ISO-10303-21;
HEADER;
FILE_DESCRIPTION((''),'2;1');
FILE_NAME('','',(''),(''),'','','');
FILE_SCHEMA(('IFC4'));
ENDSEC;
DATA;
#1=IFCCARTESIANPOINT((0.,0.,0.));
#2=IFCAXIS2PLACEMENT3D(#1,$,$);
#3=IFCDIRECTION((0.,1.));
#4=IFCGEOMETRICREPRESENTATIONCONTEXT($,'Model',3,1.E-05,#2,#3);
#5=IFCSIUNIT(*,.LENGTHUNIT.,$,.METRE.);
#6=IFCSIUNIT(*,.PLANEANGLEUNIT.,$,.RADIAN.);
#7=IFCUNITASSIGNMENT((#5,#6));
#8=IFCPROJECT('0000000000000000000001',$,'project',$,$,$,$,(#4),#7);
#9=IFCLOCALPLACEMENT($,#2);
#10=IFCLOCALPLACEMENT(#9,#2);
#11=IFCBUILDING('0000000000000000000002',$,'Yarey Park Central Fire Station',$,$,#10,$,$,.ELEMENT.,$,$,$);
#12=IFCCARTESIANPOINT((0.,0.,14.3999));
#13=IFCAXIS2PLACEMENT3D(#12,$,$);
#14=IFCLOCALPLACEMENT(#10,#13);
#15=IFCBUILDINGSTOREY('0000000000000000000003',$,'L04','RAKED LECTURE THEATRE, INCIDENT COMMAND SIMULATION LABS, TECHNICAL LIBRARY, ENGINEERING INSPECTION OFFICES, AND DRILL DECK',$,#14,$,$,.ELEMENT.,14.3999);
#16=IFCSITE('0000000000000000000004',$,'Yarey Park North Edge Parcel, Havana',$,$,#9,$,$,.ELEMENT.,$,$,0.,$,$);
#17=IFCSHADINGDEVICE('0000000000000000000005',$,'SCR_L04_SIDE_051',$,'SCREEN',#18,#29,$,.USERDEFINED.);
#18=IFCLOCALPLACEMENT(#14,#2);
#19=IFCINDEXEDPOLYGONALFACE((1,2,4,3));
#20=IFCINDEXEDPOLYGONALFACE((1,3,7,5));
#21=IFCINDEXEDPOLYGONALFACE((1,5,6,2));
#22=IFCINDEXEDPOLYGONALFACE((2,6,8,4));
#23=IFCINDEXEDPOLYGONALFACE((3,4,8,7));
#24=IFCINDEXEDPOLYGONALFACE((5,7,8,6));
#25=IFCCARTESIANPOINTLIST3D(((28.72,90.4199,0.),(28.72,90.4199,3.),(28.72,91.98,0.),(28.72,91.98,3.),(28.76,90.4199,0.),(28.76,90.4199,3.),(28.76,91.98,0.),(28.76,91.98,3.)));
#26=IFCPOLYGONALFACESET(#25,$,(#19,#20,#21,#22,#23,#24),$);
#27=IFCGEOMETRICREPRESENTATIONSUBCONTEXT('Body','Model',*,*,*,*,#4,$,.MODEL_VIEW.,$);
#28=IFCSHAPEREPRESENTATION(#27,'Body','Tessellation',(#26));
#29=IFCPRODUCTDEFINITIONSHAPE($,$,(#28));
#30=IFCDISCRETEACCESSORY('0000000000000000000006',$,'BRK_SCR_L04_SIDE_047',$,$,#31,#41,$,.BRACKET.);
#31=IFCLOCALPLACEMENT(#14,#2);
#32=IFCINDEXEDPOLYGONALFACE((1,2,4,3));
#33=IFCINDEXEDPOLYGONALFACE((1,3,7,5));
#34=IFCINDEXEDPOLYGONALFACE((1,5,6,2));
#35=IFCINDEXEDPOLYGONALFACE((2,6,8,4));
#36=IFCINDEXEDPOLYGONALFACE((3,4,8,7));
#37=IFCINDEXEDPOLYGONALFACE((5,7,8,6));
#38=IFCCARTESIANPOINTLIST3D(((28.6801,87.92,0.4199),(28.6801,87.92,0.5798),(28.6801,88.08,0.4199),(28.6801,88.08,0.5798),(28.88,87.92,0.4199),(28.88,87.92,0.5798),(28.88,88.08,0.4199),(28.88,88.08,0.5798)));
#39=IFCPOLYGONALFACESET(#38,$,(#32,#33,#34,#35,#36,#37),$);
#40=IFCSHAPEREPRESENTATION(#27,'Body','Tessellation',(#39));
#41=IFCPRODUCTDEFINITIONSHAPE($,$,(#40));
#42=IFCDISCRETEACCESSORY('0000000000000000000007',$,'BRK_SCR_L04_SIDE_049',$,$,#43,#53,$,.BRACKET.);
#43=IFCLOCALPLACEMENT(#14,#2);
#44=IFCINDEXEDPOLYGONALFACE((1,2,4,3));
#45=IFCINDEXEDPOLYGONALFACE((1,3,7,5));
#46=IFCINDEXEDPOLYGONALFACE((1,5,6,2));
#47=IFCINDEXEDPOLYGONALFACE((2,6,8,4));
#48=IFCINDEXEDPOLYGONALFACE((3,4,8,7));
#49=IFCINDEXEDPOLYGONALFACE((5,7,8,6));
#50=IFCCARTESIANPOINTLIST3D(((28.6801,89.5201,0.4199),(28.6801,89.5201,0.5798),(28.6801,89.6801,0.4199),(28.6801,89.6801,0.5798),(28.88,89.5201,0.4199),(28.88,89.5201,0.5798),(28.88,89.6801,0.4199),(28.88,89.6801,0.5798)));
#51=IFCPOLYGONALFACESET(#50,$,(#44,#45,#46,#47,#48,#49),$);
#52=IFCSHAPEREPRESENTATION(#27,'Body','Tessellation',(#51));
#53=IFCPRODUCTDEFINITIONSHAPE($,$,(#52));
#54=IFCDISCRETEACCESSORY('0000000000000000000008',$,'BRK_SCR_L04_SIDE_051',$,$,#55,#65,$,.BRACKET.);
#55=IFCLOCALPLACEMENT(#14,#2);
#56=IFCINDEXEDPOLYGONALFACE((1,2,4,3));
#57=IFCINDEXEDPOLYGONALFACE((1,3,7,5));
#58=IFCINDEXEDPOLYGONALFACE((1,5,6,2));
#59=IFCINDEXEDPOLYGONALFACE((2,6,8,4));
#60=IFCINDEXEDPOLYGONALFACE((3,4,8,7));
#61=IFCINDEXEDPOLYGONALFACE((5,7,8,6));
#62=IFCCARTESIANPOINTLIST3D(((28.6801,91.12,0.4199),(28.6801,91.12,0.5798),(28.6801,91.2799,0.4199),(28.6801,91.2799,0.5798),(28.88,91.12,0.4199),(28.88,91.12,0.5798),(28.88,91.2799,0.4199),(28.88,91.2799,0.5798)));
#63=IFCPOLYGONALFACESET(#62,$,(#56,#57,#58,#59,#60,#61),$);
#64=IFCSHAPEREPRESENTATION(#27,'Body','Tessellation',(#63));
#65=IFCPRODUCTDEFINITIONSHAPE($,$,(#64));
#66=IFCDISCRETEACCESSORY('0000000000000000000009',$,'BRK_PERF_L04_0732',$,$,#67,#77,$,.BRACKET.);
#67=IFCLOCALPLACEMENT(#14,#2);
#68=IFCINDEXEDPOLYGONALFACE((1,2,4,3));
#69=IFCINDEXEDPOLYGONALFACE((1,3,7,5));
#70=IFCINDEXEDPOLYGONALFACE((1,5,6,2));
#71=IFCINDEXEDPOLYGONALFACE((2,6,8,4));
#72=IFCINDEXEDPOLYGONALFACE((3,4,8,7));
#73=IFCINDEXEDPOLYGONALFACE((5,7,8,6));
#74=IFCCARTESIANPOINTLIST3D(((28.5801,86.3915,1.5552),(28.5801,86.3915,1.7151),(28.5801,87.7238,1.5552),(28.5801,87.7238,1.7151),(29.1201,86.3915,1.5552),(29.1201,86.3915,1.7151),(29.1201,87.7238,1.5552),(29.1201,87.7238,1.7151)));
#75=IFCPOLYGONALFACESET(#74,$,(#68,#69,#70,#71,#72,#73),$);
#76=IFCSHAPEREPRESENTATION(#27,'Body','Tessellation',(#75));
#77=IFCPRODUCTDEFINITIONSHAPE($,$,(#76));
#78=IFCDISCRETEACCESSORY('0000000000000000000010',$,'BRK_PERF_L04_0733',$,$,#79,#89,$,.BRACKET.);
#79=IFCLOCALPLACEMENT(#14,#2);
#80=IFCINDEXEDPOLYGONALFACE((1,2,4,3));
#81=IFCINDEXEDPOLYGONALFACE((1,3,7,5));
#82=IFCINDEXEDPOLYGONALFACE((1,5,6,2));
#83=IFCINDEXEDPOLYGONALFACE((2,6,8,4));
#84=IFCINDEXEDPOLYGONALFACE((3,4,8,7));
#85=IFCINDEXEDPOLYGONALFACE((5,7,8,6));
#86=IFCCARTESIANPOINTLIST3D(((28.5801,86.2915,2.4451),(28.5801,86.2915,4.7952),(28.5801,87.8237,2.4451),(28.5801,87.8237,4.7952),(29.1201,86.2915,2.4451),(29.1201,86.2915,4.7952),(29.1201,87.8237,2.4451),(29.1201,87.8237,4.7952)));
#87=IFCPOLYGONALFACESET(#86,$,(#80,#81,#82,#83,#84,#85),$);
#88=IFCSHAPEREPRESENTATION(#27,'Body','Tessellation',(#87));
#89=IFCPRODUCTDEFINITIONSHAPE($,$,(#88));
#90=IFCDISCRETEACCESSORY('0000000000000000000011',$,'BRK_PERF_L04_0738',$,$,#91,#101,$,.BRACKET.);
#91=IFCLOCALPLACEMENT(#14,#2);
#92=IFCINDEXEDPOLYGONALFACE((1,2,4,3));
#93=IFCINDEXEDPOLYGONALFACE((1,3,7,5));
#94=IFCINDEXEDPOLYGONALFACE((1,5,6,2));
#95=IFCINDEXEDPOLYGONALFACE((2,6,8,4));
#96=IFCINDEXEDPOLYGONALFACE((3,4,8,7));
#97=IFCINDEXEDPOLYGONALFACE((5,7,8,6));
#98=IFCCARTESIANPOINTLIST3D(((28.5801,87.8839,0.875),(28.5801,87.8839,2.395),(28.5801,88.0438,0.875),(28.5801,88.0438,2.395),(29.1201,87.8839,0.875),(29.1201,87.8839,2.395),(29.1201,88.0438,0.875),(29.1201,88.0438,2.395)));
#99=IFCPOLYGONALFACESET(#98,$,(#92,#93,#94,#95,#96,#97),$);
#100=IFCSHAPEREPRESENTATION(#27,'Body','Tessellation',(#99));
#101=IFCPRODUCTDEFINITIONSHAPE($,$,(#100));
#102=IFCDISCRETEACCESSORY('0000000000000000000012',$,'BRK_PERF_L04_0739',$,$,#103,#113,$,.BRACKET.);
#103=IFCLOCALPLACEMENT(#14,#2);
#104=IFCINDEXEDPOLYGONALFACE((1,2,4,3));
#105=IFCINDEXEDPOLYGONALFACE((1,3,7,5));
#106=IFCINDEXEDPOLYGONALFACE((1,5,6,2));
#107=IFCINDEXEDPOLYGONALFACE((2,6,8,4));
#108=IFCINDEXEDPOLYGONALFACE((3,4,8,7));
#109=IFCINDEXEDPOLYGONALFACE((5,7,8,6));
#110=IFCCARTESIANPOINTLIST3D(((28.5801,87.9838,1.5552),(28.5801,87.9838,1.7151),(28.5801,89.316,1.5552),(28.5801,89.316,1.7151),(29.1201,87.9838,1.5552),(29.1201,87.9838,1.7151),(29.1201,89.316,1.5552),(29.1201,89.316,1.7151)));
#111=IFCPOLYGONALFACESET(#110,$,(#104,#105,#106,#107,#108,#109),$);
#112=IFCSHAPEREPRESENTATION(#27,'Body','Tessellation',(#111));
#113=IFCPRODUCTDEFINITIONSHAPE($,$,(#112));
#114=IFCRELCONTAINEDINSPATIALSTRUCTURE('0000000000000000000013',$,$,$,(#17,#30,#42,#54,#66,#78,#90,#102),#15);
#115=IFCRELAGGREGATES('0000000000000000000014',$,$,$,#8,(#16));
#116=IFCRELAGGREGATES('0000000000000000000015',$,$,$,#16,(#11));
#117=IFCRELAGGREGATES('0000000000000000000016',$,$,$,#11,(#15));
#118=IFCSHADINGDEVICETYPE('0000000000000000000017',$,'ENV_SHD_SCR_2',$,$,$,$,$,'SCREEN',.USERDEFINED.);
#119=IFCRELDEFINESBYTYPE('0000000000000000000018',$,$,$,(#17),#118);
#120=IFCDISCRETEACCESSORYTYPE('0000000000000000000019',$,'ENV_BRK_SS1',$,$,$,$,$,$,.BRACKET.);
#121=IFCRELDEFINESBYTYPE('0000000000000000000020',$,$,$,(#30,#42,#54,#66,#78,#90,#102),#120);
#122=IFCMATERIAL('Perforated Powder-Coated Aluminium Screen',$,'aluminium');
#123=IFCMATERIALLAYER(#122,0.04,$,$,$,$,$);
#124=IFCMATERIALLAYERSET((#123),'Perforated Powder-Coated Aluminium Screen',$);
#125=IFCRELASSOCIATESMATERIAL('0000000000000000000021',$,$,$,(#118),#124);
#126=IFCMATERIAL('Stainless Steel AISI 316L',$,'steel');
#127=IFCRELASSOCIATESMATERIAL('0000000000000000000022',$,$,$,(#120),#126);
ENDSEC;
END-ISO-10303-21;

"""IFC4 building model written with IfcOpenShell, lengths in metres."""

from ifc_helpers import new_model, si_unit, direction, frame, origin, origin_2d, place, context, subcontext, project, spatial, rectangle, extrude, material, layer, layer_set, type_object, element, save


model = new_model("IFC4")

# Units and contexts
model_context = context("Model", 3, precision=1e-05, world=origin(), true_north=direction((0.0, 1.0)))
body_context = subcontext(model_context, "Body", "Model", "MODEL_VIEW")
ifc_project = project(units=[si_unit("LENGTHUNIT", "METRE"), si_unit("PLANEANGLEUNIT", "RADIAN")], contexts=[model_context])

# Site, building, storey
site_placement = place(None, origin())
site = spatial("IfcSite", under=ifc_project, at=site_placement, Name="Yarey Park North Edge Parcel, Havana", CompositionType="ELEMENT", RefElevation=0.0)
building_placement = place(site_placement, origin())
building = spatial("IfcBuilding", under=site, at=building_placement, Name="Yarey Park Central Fire Station", CompositionType="ELEMENT")
storey_placement = place(building_placement, frame((0.0, 0.0, 14.3999)))
storey = spatial("IfcBuildingStorey", under=building, at=storey_placement, Name="L04", Description="RAKED LECTURE THEATRE, INCIDENT COMMAND SIMULATION LABS, TECHNICAL LIBRARY, ENGINEERING INSPECTION OFFICES, AND DRILL DECK", CompositionType="ELEMENT", Elevation=14.3999)

# Shading device
ifc_material_1 = material(Name="Perforated Powder-Coated Aluminium Screen", Category="aluminium")
ifc_layer_1 = layer(ifc_material_1, 0.04)
ifc_layer_set_1 = layer_set([ifc_layer_1], Name="Perforated Powder-Coated Aluminium Screen")
shading_device_type = type_object("IfcShadingDeviceType", Name="ENV_SHD_SCR_2", ElementType="SCREEN", PredefinedType="USERDEFINED", material=ifc_layer_set_1)
for number, where, z_axis, x_axis, name in (
    (1, (28.74, 91.2, 0.0), (0.0, 0.0, 1.0), (0.0, 1.0, 0.0), "SCR_L04_SIDE_051"),
):
    element("IfcShadingDevice", number, at=place(storey_placement, frame(where, z_axis=z_axis, x_axis=x_axis)), inside=storey, type_object=shading_device_type, Name=name, ObjectType="SCREEN", PredefinedType="USERDEFINED", context=body_context, shape_type="SweptSolid", body=[
        extrude(rectangle(XDim=1.5601, YDim=0.04, at=origin_2d()), origin(), (0.0, 0.0, 1.0), 3.0),
    ])

# Discrete accessories
ifc_material_2 = material(Name="Stainless Steel AISI 316L", Category="steel")
discrete_accessory_type = type_object("IfcDiscreteAccessoryType", Name="ENV_BRK_SS1", PredefinedType="BRACKET", material=ifc_material_2)
for number, where, z_axis, x_axis, name in (
    (2, (28.78, 88.0, 0.4199), (0.0, 0.0, 1.0), (1.0, 0.0, 0.0), "BRK_SCR_L04_SIDE_047"),
    (3, (28.78, 89.6001, 0.4199), (0.0, 0.0, 1.0), (1.0, 0.0, 0.0), "BRK_SCR_L04_SIDE_049"),
    (4, (28.78, 91.2, 0.4199), (0.0, 0.0, 1.0), (1.0, 0.0, 0.0), "BRK_SCR_L04_SIDE_051"),
):
    element("IfcDiscreteAccessory", number, at=place(storey_placement, frame(where, z_axis=z_axis, x_axis=x_axis)), inside=storey, type_object=discrete_accessory_type, Name=name, PredefinedType="BRACKET", context=body_context, shape_type="SweptSolid", body=[
        extrude(rectangle(XDim=0.2, YDim=0.1599, at=origin_2d()), origin(), (0.0, 0.0, 1.0), 0.1599),
    ])
discrete_accessory_1_placement = place(storey_placement, frame((28.8501, 87.0576, 1.5552), z_axis=(0.0, 0.0, 1.0), x_axis=(1.0, 0.0, 0.0)))
element("IfcDiscreteAccessory", 5, at=discrete_accessory_1_placement, inside=storey, type_object=discrete_accessory_type, Name="BRK_PERF_L04_0732", PredefinedType="BRACKET", context=body_context, shape_type="SweptSolid", body=[
    extrude(rectangle(XDim=0.54, YDim=1.3323, at=origin_2d()), origin(), (0.0, 0.0, 1.0), 0.1599),
])
discrete_accessory_2_placement = place(storey_placement, frame((28.8501, 87.0576, 2.4451), z_axis=(0.0, 0.0, 1.0), x_axis=(1.0, 0.0, 0.0)))
element("IfcDiscreteAccessory", 6, at=discrete_accessory_2_placement, inside=storey, type_object=discrete_accessory_type, Name="BRK_PERF_L04_0733", PredefinedType="BRACKET", context=body_context, shape_type="SweptSolid", body=[
    extrude(rectangle(XDim=0.54, YDim=1.5322, at=origin_2d()), origin(), (0.0, 0.0, 1.0), 2.3501),
])
discrete_accessory_3_placement = place(storey_placement, frame((28.8501, 87.9639, 0.875), z_axis=(0.0, 0.0, 1.0), x_axis=(1.0, 0.0, 0.0)))
element("IfcDiscreteAccessory", 7, at=discrete_accessory_3_placement, inside=storey, type_object=discrete_accessory_type, Name="BRK_PERF_L04_0738", PredefinedType="BRACKET", context=body_context, shape_type="SweptSolid", body=[
    extrude(rectangle(XDim=0.54, YDim=0.1599, at=origin_2d()), origin(), (0.0, 0.0, 1.0), 1.52),
])
discrete_accessory_4_placement = place(storey_placement, frame((28.8501, 88.6499, 1.5552), z_axis=(0.0, 0.0, 1.0), x_axis=(1.0, 0.0, 0.0)))
element("IfcDiscreteAccessory", 8, at=discrete_accessory_4_placement, inside=storey, type_object=discrete_accessory_type, Name="BRK_PERF_L04_0739", PredefinedType="BRACKET", context=body_context, shape_type="SweptSolid", body=[
    extrude(rectangle(XDim=0.54, YDim=1.3323, at=origin_2d()), origin(), (0.0, 0.0, 1.0), 0.1599),
])

save(model, "model.ifc")
